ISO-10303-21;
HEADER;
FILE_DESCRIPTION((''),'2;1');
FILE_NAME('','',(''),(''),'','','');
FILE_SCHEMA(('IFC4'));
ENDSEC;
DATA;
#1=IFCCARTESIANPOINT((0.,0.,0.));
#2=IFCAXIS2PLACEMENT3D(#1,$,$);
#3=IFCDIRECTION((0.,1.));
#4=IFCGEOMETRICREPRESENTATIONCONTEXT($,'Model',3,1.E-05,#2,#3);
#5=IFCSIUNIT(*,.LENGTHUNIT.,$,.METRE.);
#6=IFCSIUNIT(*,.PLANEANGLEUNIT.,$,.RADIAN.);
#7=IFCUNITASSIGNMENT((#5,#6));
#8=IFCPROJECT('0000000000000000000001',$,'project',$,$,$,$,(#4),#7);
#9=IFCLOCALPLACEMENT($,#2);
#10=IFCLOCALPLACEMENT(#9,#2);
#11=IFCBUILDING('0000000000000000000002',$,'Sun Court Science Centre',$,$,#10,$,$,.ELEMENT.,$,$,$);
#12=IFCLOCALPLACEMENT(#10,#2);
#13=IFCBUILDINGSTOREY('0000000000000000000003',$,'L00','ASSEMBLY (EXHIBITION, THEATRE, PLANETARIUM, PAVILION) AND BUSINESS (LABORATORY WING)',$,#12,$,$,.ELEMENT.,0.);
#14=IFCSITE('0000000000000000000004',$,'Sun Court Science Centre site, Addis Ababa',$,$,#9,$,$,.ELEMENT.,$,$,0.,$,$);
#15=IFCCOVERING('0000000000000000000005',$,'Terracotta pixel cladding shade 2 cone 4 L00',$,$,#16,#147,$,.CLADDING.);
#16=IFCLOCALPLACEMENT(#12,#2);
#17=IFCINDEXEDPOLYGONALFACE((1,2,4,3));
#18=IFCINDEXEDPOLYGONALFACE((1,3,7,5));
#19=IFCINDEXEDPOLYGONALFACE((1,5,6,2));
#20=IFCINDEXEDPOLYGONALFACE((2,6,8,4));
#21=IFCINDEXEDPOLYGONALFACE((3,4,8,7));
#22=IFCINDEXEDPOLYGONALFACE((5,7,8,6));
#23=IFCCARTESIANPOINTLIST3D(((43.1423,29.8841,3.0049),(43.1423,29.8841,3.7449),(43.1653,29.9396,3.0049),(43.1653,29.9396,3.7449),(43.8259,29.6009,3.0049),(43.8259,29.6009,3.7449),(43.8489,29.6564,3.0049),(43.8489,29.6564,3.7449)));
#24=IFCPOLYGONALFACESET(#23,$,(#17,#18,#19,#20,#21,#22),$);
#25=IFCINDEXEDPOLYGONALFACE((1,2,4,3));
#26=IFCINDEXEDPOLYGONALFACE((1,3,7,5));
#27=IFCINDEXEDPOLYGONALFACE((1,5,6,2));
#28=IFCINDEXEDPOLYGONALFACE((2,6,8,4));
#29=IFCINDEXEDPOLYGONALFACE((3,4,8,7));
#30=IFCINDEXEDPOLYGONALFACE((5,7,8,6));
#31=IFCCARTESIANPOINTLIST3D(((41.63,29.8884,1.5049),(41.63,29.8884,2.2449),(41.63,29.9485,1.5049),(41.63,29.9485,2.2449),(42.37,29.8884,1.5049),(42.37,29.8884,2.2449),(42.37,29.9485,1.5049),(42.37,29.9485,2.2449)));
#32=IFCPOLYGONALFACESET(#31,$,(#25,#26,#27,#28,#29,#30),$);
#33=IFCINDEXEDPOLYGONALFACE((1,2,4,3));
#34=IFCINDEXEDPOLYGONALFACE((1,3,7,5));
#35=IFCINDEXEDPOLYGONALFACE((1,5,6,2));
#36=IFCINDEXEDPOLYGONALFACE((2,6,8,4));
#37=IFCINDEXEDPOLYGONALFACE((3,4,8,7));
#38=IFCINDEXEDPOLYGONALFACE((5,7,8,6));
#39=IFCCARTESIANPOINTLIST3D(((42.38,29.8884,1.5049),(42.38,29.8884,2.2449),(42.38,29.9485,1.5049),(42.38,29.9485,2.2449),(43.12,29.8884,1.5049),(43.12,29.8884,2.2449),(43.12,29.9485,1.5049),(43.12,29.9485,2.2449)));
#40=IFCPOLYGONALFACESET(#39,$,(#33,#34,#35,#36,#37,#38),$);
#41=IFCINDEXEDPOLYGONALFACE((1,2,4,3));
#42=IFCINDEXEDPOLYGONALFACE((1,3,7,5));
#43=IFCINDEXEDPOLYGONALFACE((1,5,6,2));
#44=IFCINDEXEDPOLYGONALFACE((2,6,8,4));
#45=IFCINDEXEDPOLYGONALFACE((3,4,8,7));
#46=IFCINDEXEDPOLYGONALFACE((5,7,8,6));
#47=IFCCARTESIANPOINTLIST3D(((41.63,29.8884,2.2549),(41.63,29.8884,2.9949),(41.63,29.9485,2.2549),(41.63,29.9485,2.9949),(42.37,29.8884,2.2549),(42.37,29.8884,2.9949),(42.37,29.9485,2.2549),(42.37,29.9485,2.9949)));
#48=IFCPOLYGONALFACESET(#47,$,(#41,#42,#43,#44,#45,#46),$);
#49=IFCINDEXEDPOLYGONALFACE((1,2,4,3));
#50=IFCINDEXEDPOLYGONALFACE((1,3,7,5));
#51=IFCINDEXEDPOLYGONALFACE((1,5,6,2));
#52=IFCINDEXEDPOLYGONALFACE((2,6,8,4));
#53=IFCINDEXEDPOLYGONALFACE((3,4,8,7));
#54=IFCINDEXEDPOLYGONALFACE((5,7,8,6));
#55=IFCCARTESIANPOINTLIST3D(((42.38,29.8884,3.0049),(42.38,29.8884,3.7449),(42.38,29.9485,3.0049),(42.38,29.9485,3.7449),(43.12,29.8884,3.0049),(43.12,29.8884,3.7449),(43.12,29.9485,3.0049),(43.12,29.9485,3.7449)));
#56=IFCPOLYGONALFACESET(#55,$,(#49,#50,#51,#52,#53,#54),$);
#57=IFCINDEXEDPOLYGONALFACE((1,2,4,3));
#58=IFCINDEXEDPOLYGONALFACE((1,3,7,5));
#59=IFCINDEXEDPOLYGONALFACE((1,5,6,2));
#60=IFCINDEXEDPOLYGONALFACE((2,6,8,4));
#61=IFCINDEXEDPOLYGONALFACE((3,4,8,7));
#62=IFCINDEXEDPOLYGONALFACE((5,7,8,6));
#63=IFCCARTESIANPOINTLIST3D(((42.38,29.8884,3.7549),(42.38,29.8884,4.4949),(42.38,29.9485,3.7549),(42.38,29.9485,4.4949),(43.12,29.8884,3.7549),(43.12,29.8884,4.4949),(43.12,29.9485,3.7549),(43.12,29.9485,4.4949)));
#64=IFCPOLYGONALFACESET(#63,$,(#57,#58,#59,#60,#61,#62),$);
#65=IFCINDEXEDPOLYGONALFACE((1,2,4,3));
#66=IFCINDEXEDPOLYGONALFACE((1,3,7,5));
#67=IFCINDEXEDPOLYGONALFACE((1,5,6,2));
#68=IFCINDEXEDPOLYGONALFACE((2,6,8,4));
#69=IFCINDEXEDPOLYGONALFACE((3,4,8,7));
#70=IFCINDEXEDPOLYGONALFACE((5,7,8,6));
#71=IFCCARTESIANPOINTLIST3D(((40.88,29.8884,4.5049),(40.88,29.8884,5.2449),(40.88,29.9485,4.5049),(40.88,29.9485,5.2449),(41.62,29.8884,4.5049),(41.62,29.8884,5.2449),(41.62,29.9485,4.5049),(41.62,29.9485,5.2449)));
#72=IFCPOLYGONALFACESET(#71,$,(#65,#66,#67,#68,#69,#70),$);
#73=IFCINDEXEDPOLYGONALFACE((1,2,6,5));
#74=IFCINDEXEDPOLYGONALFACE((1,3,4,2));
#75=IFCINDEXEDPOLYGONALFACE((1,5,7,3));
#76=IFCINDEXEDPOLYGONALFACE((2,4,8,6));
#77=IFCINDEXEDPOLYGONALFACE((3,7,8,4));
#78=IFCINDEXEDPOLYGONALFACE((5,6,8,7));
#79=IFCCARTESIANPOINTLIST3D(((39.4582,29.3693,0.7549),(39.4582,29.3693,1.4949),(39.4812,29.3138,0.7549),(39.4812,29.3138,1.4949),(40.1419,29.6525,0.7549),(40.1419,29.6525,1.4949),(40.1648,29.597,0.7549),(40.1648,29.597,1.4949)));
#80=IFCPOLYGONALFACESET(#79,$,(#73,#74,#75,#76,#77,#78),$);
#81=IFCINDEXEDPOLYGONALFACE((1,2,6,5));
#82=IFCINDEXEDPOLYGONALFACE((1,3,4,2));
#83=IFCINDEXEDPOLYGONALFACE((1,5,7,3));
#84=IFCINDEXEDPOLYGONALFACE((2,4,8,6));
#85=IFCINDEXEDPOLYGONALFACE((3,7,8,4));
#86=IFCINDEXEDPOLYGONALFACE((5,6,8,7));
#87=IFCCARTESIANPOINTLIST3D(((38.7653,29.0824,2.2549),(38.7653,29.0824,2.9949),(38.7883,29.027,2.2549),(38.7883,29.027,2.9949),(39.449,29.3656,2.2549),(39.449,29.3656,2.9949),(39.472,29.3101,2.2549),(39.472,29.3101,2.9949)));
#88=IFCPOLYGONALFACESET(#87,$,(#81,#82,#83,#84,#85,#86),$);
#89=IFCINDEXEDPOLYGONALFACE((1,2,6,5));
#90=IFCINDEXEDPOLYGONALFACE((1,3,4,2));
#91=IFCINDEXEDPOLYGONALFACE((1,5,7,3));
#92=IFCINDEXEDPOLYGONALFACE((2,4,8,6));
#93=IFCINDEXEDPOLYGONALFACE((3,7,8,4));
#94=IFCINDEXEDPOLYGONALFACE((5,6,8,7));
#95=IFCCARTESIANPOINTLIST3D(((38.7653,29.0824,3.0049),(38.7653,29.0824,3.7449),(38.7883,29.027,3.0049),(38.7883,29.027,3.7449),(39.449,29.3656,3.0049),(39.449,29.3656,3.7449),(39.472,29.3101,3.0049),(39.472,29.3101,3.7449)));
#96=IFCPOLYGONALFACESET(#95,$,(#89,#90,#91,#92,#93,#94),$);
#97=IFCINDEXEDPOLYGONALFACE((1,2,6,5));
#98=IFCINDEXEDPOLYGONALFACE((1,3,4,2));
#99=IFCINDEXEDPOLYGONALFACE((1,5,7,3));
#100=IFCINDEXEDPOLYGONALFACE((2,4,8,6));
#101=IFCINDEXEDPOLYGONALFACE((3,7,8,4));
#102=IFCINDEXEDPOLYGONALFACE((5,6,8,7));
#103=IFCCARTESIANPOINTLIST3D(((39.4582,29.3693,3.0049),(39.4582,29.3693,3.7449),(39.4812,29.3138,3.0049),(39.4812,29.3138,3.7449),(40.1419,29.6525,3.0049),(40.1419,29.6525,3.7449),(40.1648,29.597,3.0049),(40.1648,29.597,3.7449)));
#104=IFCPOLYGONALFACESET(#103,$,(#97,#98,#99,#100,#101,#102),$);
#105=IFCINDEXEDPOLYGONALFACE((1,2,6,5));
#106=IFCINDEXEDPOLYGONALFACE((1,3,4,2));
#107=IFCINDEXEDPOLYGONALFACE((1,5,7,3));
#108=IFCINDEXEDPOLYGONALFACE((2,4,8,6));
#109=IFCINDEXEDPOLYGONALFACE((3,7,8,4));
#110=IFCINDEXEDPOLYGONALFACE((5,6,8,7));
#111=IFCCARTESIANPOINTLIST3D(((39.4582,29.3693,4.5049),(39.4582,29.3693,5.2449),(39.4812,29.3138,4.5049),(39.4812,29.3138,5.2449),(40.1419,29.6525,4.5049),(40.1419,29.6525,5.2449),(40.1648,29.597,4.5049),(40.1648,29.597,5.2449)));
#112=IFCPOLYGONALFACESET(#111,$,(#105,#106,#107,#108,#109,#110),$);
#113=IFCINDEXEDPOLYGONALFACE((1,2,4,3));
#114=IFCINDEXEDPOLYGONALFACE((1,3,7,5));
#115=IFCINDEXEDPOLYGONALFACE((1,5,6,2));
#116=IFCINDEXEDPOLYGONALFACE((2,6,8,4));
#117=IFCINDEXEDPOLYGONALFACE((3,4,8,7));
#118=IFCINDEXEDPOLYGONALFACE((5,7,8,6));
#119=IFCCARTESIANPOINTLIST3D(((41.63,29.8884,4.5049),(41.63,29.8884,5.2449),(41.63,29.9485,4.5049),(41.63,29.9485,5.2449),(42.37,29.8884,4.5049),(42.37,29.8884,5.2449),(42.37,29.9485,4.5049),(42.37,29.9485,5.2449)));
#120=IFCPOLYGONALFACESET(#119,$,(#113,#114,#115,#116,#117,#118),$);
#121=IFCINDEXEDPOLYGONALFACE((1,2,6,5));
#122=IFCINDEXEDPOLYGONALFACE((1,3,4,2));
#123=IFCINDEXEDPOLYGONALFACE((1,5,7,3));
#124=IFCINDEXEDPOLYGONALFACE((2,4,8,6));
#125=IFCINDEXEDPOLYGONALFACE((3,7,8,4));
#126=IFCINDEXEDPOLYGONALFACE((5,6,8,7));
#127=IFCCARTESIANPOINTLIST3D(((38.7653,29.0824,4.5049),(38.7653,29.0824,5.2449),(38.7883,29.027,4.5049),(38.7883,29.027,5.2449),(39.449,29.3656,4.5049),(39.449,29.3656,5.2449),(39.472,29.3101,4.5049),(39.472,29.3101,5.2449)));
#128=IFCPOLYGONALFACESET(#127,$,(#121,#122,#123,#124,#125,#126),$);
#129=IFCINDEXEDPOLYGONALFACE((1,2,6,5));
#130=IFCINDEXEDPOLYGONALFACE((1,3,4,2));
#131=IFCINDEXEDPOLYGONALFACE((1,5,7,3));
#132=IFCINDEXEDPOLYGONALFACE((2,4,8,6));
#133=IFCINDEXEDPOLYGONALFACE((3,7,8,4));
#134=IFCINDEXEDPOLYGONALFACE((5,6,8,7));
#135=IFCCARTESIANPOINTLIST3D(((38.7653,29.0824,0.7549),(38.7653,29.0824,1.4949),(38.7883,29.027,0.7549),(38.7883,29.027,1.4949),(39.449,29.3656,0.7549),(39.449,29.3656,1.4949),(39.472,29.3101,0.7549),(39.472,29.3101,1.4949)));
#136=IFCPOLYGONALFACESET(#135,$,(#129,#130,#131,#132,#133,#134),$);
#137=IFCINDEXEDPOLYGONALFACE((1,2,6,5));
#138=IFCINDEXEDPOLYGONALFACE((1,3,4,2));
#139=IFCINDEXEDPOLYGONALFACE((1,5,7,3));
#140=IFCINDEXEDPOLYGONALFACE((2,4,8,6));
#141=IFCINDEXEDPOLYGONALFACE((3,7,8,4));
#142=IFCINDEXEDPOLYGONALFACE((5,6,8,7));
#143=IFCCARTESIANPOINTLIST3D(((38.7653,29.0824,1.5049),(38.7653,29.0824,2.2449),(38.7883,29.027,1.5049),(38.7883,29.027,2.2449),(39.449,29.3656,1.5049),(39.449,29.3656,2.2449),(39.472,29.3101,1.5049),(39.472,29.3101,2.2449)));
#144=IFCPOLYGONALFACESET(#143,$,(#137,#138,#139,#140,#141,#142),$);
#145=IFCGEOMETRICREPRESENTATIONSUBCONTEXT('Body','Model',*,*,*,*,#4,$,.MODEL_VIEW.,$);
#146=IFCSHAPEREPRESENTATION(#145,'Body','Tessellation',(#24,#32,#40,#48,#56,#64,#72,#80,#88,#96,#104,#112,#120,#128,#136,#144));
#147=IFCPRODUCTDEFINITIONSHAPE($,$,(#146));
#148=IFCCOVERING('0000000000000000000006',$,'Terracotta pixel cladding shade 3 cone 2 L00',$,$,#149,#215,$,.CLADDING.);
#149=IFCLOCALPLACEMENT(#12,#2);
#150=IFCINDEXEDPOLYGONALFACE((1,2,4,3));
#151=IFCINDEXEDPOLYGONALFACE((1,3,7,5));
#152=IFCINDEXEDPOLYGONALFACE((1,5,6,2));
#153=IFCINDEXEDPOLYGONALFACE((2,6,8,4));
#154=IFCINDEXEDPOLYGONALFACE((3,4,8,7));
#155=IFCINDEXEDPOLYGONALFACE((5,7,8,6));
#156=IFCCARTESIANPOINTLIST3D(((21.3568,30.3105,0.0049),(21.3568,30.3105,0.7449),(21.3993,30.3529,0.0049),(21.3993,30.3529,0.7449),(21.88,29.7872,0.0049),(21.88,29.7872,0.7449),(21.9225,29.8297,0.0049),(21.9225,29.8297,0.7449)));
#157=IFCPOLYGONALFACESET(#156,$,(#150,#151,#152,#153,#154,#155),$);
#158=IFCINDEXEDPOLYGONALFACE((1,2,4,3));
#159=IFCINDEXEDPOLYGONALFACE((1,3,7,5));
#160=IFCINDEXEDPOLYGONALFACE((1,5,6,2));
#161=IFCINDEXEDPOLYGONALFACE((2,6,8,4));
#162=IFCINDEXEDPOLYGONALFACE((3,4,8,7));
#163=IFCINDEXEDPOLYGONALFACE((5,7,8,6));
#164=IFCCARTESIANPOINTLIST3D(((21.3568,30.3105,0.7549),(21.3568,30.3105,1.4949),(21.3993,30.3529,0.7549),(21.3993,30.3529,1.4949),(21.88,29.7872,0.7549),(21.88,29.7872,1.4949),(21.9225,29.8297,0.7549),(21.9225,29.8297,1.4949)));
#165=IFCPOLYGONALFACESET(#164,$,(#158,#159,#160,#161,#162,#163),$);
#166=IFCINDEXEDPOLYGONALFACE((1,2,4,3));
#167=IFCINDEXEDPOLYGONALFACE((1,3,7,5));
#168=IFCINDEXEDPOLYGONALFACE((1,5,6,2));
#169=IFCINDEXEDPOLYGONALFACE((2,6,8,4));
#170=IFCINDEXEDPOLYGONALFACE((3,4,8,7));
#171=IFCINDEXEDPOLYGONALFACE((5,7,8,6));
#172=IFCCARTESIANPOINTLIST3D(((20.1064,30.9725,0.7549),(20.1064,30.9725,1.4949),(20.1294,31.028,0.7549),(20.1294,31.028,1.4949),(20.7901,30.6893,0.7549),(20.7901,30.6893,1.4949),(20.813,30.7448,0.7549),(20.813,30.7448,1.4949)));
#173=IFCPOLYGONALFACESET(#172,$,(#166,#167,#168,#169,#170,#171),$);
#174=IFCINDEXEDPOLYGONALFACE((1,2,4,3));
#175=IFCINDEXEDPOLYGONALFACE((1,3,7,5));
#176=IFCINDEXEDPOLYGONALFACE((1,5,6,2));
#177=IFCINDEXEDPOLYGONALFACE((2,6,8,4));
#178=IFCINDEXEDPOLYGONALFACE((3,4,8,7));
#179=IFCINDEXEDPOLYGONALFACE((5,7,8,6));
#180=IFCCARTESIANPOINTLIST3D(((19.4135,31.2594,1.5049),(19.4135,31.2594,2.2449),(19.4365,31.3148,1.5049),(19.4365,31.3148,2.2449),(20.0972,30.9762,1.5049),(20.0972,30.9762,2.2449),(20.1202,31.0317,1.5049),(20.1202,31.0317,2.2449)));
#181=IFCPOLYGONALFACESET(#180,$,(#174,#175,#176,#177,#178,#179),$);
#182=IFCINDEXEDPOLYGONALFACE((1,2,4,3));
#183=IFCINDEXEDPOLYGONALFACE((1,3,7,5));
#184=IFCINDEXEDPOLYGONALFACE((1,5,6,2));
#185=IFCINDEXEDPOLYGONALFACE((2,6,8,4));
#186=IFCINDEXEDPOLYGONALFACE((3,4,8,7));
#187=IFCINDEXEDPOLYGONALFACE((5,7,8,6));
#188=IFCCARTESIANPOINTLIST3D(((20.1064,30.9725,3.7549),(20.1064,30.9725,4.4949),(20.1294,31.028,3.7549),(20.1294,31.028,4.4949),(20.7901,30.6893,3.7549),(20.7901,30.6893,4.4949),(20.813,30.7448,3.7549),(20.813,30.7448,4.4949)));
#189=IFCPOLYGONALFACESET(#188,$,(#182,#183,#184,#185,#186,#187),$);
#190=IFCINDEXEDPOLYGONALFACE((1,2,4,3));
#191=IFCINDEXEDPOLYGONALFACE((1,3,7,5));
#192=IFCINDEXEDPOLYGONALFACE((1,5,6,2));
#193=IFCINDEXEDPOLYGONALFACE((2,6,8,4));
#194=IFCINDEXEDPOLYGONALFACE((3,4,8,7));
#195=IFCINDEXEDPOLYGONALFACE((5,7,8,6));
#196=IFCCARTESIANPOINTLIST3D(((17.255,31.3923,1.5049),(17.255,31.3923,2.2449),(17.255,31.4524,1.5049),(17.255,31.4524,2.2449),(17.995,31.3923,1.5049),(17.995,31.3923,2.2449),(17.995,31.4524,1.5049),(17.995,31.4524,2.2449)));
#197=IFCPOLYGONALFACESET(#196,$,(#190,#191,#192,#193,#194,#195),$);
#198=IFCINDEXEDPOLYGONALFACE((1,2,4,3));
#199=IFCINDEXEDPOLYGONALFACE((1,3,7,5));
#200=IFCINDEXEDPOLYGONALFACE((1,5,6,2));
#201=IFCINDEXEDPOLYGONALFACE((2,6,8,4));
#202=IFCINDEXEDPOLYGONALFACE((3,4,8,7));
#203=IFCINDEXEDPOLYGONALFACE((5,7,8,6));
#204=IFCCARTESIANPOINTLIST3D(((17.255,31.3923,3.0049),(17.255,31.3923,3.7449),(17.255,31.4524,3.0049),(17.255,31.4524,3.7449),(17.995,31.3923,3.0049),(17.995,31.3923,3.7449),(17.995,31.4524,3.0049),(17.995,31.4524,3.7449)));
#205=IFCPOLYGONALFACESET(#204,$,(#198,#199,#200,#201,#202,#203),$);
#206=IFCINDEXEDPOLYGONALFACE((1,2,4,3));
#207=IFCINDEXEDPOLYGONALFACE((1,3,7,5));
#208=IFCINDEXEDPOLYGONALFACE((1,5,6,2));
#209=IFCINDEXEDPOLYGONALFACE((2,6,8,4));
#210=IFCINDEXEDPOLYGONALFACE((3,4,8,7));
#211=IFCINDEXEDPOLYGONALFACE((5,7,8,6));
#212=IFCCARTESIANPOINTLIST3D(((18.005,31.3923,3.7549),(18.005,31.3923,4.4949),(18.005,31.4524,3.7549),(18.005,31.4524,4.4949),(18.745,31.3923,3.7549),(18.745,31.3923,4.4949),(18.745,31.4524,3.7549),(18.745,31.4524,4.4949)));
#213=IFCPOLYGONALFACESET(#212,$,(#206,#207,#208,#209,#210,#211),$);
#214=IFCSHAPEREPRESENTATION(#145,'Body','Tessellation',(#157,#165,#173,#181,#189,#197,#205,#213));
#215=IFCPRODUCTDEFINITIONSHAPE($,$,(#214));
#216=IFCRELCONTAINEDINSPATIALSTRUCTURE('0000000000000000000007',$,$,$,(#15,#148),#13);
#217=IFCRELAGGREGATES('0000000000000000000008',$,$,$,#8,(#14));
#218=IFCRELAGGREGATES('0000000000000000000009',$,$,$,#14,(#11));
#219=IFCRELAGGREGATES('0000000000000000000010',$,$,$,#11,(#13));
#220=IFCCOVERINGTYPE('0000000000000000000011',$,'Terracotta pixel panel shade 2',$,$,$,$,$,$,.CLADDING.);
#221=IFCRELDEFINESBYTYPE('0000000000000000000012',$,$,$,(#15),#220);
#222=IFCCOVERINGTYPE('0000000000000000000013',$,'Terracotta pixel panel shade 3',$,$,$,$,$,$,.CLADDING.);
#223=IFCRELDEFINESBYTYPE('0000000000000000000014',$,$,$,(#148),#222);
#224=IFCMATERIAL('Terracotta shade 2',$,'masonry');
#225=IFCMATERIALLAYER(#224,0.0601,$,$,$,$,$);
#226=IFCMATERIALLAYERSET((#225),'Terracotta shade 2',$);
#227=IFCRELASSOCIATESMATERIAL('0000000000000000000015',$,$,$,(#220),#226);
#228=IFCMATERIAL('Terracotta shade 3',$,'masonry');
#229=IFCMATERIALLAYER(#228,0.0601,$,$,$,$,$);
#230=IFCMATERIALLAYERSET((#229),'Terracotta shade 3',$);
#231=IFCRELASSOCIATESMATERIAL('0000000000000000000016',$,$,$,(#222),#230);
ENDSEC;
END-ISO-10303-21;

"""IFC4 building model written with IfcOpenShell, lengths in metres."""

from ifc_helpers import new_model, si_unit, direction, frame, origin, origin_2d, place, context, subcontext, project, spatial, rectangle, extrude, material, layer, layer_set, type_object, element, save


model = new_model("IFC4")

# Units and contexts
model_context = context("Model", 3, precision=1e-05, world=origin(), true_north=direction((0.0, 1.0)))
body_context = subcontext(model_context, "Body", "Model", "MODEL_VIEW")
ifc_project = project(units=[si_unit("LENGTHUNIT", "METRE"), si_unit("PLANEANGLEUNIT", "RADIAN")], contexts=[model_context])

# Site, building, storey
site_placement = place(None, origin())
site = spatial("IfcSite", under=ifc_project, at=site_placement, Name="Sun Court Science Centre site, Addis Ababa", CompositionType="ELEMENT", RefElevation=0.0)
building_placement = place(site_placement, origin())
building = spatial("IfcBuilding", under=site, at=building_placement, Name="Sun Court Science Centre", CompositionType="ELEMENT")
storey_placement = place(building_placement, origin())
storey = spatial("IfcBuildingStorey", under=building, at=storey_placement, Name="L00", Description="ASSEMBLY (EXHIBITION, THEATRE, PLANETARIUM, PAVILION) AND BUSINESS (LABORATORY WING)", CompositionType="ELEMENT", Elevation=0.0)

# Coverings
ifc_material_1 = material(Name="Terracotta shade 2", Category="masonry")
ifc_layer_1 = layer(ifc_material_1, 0.0601)
ifc_layer_set_1 = layer_set([ifc_layer_1], Name="Terracotta shade 2")
covering_type_1 = type_object("IfcCoveringType", Name="Terracotta pixel panel shade 2", PredefinedType="CLADDING", material=ifc_layer_set_1)
covering_1_placement = place(storey_placement, origin())
element("IfcCovering", 1, at=covering_1_placement, inside=storey, type_object=covering_type_1, Name="Terracotta pixel cladding shade 2 cone 4 L00", PredefinedType="CLADDING", context=body_context, shape_type="SweptSolid", body=[
    extrude(rectangle(XDim=0.74, YDim=0.0601, at=origin_2d()), frame((43.4956, 29.7703, 3.0049), z_axis=(0.0, 0.0, 1.0), x_axis=(0.92388, -0.382683, 0.0)), (0.0, 0.0, 1.0), 0.74),
    extrude(rectangle(XDim=0.74, YDim=0.0601, at=origin_2d()), frame((42.0, 29.9185, 1.5049), z_axis=(0.0, 0.0, 1.0), x_axis=(1.0, 0.0, 0.0)), (0.0, 0.0, 1.0), 0.74),
    extrude(rectangle(XDim=0.74, YDim=0.0601, at=origin_2d()), frame((42.75, 29.9185, 1.5049), z_axis=(0.0, 0.0, 1.0), x_axis=(1.0, 0.0, 0.0)), (0.0, 0.0, 1.0), 0.74),
    extrude(rectangle(XDim=0.74, YDim=0.0601, at=origin_2d()), frame((42.0, 29.9185, 2.2549), z_axis=(0.0, 0.0, 1.0), x_axis=(1.0, 0.0, 0.0)), (0.0, 0.0, 1.0), 0.74),
    extrude(rectangle(XDim=0.74, YDim=0.0601, at=origin_2d()), frame((42.75, 29.9185, 3.0049), z_axis=(0.0, 0.0, 1.0), x_axis=(1.0, 0.0, 0.0)), (0.0, 0.0, 1.0), 0.74),
    extrude(rectangle(XDim=0.74, YDim=0.0601, at=origin_2d()), frame((42.75, 29.9185, 3.7549), z_axis=(0.0, 0.0, 1.0), x_axis=(1.0, 0.0, 0.0)), (0.0, 0.0, 1.0), 0.74),
    extrude(rectangle(XDim=0.74, YDim=0.0601, at=origin_2d()), frame((41.25, 29.9185, 4.5049), z_axis=(0.0, 0.0, 1.0), x_axis=(1.0, 0.0, 0.0)), (0.0, 0.0, 1.0), 0.74),
    extrude(rectangle(XDim=0.74, YDim=0.0601, at=origin_2d()), frame((39.8115, 29.4832, 0.7549), z_axis=(0.0, 0.0, 1.0), x_axis=(0.92388, 0.382683, 0.0)), (0.0, 0.0, 1.0), 0.74),
    extrude(rectangle(XDim=0.74, YDim=0.0601, at=origin_2d()), frame((39.1187, 29.1963, 2.2549), z_axis=(0.0, 0.0, 1.0), x_axis=(0.92388, 0.382683, 0.0)), (0.0, 0.0, 1.0), 0.74),
    extrude(rectangle(XDim=0.74, YDim=0.0601, at=origin_2d()), frame((39.1187, 29.1963, 3.0049), z_axis=(0.0, 0.0, 1.0), x_axis=(0.92388, 0.382683, 0.0)), (0.0, 0.0, 1.0), 0.74),
    extrude(rectangle(XDim=0.74, YDim=0.0601, at=origin_2d()), frame((39.8115, 29.4832, 3.0049), z_axis=(0.0, 0.0, 1.0), x_axis=(0.92388, 0.382683, 0.0)), (0.0, 0.0, 1.0), 0.74),
    extrude(rectangle(XDim=0.74, YDim=0.0601, at=origin_2d()), frame((39.8115, 29.4832, 4.5049), z_axis=(0.0, 0.0, 1.0), x_axis=(0.92388, 0.382683, 0.0)), (0.0, 0.0, 1.0), 0.74),
    extrude(rectangle(XDim=0.74, YDim=0.0601, at=origin_2d()), frame((42.0, 29.9185, 4.5049), z_axis=(0.0, 0.0, 1.0), x_axis=(1.0, 0.0, 0.0)), (0.0, 0.0, 1.0), 0.74),
    extrude(rectangle(XDim=0.74, YDim=0.0601, at=origin_2d()), frame((39.1187, 29.1963, 4.5049), z_axis=(0.0, 0.0, 1.0), x_axis=(0.92388, 0.382683, 0.0)), (0.0, 0.0, 1.0), 0.74),
    extrude(rectangle(XDim=0.74, YDim=0.0601, at=origin_2d()), frame((39.1187, 29.1963, 0.7549), z_axis=(0.0, 0.0, 1.0), x_axis=(0.92388, 0.382683, 0.0)), (0.0, 0.0, 1.0), 0.74),
    extrude(rectangle(XDim=0.74, YDim=0.0601, at=origin_2d()), frame((39.1187, 29.1963, 1.5049), z_axis=(0.0, 0.0, 1.0), x_axis=(0.92388, 0.382683, 0.0)), (0.0, 0.0, 1.0), 0.74),
])
ifc_material_2 = material(Name="Terracotta shade 3", Category="masonry")
ifc_layer_2 = layer(ifc_material_2, 0.0601)
ifc_layer_set_2 = layer_set([ifc_layer_2], Name="Terracotta shade 3")
covering_type_2 = type_object("IfcCoveringType", Name="Terracotta pixel panel shade 3", PredefinedType="CLADDING", material=ifc_layer_set_2)
covering_2_placement = place(storey_placement, origin())
element("IfcCovering", 2, at=covering_2_placement, inside=storey, type_object=covering_type_2, Name="Terracotta pixel cladding shade 3 cone 2 L00", PredefinedType="CLADDING", context=body_context, shape_type="SweptSolid", body=[
    extrude(rectangle(XDim=0.74, YDim=0.0601, at=origin_2d()), frame((21.6396, 30.0701, 0.0049), z_axis=(0.0, 0.0, 1.0), x_axis=(0.707107, -0.707107, 0.0)), (0.0, 0.0, 1.0), 0.74),
    extrude(rectangle(XDim=0.74, YDim=0.0601, at=origin_2d()), frame((21.6396, 30.0701, 0.7549), z_axis=(0.0, 0.0, 1.0), x_axis=(0.707107, -0.707107, 0.0)), (0.0, 0.0, 1.0), 0.74),
    extrude(rectangle(XDim=0.74, YDim=0.0601, at=origin_2d()), frame((20.4597, 30.8586, 0.7549), z_axis=(0.0, 0.0, 1.0), x_axis=(0.92388, -0.382683, 0.0)), (0.0, 0.0, 1.0), 0.74),
    extrude(rectangle(XDim=0.74, YDim=0.0601, at=origin_2d()), frame((19.7668, 31.1455, 1.5049), z_axis=(0.0, 0.0, 1.0), x_axis=(0.92388, -0.382683, 0.0)), (0.0, 0.0, 1.0), 0.74),
    extrude(rectangle(XDim=0.74, YDim=0.0601, at=origin_2d()), frame((20.4597, 30.8586, 3.7549), z_axis=(0.0, 0.0, 1.0), x_axis=(0.92388, -0.382683, 0.0)), (0.0, 0.0, 1.0), 0.74),
    extrude(rectangle(XDim=0.74, YDim=0.0601, at=origin_2d()), frame((17.625, 31.4224, 1.5049), z_axis=(0.0, 0.0, 1.0), x_axis=(1.0, 0.0, 0.0)), (0.0, 0.0, 1.0), 0.74),
    extrude(rectangle(XDim=0.74, YDim=0.0601, at=origin_2d()), frame((17.625, 31.4224, 3.0049), z_axis=(0.0, 0.0, 1.0), x_axis=(1.0, 0.0, 0.0)), (0.0, 0.0, 1.0), 0.74),
    extrude(rectangle(XDim=0.74, YDim=0.0601, at=origin_2d()), frame((18.375, 31.4224, 3.7549), z_axis=(0.0, 0.0, 1.0), x_axis=(1.0, 0.0, 0.0)), (0.0, 0.0, 1.0), 0.74),
])

save(model, "model.ifc")
